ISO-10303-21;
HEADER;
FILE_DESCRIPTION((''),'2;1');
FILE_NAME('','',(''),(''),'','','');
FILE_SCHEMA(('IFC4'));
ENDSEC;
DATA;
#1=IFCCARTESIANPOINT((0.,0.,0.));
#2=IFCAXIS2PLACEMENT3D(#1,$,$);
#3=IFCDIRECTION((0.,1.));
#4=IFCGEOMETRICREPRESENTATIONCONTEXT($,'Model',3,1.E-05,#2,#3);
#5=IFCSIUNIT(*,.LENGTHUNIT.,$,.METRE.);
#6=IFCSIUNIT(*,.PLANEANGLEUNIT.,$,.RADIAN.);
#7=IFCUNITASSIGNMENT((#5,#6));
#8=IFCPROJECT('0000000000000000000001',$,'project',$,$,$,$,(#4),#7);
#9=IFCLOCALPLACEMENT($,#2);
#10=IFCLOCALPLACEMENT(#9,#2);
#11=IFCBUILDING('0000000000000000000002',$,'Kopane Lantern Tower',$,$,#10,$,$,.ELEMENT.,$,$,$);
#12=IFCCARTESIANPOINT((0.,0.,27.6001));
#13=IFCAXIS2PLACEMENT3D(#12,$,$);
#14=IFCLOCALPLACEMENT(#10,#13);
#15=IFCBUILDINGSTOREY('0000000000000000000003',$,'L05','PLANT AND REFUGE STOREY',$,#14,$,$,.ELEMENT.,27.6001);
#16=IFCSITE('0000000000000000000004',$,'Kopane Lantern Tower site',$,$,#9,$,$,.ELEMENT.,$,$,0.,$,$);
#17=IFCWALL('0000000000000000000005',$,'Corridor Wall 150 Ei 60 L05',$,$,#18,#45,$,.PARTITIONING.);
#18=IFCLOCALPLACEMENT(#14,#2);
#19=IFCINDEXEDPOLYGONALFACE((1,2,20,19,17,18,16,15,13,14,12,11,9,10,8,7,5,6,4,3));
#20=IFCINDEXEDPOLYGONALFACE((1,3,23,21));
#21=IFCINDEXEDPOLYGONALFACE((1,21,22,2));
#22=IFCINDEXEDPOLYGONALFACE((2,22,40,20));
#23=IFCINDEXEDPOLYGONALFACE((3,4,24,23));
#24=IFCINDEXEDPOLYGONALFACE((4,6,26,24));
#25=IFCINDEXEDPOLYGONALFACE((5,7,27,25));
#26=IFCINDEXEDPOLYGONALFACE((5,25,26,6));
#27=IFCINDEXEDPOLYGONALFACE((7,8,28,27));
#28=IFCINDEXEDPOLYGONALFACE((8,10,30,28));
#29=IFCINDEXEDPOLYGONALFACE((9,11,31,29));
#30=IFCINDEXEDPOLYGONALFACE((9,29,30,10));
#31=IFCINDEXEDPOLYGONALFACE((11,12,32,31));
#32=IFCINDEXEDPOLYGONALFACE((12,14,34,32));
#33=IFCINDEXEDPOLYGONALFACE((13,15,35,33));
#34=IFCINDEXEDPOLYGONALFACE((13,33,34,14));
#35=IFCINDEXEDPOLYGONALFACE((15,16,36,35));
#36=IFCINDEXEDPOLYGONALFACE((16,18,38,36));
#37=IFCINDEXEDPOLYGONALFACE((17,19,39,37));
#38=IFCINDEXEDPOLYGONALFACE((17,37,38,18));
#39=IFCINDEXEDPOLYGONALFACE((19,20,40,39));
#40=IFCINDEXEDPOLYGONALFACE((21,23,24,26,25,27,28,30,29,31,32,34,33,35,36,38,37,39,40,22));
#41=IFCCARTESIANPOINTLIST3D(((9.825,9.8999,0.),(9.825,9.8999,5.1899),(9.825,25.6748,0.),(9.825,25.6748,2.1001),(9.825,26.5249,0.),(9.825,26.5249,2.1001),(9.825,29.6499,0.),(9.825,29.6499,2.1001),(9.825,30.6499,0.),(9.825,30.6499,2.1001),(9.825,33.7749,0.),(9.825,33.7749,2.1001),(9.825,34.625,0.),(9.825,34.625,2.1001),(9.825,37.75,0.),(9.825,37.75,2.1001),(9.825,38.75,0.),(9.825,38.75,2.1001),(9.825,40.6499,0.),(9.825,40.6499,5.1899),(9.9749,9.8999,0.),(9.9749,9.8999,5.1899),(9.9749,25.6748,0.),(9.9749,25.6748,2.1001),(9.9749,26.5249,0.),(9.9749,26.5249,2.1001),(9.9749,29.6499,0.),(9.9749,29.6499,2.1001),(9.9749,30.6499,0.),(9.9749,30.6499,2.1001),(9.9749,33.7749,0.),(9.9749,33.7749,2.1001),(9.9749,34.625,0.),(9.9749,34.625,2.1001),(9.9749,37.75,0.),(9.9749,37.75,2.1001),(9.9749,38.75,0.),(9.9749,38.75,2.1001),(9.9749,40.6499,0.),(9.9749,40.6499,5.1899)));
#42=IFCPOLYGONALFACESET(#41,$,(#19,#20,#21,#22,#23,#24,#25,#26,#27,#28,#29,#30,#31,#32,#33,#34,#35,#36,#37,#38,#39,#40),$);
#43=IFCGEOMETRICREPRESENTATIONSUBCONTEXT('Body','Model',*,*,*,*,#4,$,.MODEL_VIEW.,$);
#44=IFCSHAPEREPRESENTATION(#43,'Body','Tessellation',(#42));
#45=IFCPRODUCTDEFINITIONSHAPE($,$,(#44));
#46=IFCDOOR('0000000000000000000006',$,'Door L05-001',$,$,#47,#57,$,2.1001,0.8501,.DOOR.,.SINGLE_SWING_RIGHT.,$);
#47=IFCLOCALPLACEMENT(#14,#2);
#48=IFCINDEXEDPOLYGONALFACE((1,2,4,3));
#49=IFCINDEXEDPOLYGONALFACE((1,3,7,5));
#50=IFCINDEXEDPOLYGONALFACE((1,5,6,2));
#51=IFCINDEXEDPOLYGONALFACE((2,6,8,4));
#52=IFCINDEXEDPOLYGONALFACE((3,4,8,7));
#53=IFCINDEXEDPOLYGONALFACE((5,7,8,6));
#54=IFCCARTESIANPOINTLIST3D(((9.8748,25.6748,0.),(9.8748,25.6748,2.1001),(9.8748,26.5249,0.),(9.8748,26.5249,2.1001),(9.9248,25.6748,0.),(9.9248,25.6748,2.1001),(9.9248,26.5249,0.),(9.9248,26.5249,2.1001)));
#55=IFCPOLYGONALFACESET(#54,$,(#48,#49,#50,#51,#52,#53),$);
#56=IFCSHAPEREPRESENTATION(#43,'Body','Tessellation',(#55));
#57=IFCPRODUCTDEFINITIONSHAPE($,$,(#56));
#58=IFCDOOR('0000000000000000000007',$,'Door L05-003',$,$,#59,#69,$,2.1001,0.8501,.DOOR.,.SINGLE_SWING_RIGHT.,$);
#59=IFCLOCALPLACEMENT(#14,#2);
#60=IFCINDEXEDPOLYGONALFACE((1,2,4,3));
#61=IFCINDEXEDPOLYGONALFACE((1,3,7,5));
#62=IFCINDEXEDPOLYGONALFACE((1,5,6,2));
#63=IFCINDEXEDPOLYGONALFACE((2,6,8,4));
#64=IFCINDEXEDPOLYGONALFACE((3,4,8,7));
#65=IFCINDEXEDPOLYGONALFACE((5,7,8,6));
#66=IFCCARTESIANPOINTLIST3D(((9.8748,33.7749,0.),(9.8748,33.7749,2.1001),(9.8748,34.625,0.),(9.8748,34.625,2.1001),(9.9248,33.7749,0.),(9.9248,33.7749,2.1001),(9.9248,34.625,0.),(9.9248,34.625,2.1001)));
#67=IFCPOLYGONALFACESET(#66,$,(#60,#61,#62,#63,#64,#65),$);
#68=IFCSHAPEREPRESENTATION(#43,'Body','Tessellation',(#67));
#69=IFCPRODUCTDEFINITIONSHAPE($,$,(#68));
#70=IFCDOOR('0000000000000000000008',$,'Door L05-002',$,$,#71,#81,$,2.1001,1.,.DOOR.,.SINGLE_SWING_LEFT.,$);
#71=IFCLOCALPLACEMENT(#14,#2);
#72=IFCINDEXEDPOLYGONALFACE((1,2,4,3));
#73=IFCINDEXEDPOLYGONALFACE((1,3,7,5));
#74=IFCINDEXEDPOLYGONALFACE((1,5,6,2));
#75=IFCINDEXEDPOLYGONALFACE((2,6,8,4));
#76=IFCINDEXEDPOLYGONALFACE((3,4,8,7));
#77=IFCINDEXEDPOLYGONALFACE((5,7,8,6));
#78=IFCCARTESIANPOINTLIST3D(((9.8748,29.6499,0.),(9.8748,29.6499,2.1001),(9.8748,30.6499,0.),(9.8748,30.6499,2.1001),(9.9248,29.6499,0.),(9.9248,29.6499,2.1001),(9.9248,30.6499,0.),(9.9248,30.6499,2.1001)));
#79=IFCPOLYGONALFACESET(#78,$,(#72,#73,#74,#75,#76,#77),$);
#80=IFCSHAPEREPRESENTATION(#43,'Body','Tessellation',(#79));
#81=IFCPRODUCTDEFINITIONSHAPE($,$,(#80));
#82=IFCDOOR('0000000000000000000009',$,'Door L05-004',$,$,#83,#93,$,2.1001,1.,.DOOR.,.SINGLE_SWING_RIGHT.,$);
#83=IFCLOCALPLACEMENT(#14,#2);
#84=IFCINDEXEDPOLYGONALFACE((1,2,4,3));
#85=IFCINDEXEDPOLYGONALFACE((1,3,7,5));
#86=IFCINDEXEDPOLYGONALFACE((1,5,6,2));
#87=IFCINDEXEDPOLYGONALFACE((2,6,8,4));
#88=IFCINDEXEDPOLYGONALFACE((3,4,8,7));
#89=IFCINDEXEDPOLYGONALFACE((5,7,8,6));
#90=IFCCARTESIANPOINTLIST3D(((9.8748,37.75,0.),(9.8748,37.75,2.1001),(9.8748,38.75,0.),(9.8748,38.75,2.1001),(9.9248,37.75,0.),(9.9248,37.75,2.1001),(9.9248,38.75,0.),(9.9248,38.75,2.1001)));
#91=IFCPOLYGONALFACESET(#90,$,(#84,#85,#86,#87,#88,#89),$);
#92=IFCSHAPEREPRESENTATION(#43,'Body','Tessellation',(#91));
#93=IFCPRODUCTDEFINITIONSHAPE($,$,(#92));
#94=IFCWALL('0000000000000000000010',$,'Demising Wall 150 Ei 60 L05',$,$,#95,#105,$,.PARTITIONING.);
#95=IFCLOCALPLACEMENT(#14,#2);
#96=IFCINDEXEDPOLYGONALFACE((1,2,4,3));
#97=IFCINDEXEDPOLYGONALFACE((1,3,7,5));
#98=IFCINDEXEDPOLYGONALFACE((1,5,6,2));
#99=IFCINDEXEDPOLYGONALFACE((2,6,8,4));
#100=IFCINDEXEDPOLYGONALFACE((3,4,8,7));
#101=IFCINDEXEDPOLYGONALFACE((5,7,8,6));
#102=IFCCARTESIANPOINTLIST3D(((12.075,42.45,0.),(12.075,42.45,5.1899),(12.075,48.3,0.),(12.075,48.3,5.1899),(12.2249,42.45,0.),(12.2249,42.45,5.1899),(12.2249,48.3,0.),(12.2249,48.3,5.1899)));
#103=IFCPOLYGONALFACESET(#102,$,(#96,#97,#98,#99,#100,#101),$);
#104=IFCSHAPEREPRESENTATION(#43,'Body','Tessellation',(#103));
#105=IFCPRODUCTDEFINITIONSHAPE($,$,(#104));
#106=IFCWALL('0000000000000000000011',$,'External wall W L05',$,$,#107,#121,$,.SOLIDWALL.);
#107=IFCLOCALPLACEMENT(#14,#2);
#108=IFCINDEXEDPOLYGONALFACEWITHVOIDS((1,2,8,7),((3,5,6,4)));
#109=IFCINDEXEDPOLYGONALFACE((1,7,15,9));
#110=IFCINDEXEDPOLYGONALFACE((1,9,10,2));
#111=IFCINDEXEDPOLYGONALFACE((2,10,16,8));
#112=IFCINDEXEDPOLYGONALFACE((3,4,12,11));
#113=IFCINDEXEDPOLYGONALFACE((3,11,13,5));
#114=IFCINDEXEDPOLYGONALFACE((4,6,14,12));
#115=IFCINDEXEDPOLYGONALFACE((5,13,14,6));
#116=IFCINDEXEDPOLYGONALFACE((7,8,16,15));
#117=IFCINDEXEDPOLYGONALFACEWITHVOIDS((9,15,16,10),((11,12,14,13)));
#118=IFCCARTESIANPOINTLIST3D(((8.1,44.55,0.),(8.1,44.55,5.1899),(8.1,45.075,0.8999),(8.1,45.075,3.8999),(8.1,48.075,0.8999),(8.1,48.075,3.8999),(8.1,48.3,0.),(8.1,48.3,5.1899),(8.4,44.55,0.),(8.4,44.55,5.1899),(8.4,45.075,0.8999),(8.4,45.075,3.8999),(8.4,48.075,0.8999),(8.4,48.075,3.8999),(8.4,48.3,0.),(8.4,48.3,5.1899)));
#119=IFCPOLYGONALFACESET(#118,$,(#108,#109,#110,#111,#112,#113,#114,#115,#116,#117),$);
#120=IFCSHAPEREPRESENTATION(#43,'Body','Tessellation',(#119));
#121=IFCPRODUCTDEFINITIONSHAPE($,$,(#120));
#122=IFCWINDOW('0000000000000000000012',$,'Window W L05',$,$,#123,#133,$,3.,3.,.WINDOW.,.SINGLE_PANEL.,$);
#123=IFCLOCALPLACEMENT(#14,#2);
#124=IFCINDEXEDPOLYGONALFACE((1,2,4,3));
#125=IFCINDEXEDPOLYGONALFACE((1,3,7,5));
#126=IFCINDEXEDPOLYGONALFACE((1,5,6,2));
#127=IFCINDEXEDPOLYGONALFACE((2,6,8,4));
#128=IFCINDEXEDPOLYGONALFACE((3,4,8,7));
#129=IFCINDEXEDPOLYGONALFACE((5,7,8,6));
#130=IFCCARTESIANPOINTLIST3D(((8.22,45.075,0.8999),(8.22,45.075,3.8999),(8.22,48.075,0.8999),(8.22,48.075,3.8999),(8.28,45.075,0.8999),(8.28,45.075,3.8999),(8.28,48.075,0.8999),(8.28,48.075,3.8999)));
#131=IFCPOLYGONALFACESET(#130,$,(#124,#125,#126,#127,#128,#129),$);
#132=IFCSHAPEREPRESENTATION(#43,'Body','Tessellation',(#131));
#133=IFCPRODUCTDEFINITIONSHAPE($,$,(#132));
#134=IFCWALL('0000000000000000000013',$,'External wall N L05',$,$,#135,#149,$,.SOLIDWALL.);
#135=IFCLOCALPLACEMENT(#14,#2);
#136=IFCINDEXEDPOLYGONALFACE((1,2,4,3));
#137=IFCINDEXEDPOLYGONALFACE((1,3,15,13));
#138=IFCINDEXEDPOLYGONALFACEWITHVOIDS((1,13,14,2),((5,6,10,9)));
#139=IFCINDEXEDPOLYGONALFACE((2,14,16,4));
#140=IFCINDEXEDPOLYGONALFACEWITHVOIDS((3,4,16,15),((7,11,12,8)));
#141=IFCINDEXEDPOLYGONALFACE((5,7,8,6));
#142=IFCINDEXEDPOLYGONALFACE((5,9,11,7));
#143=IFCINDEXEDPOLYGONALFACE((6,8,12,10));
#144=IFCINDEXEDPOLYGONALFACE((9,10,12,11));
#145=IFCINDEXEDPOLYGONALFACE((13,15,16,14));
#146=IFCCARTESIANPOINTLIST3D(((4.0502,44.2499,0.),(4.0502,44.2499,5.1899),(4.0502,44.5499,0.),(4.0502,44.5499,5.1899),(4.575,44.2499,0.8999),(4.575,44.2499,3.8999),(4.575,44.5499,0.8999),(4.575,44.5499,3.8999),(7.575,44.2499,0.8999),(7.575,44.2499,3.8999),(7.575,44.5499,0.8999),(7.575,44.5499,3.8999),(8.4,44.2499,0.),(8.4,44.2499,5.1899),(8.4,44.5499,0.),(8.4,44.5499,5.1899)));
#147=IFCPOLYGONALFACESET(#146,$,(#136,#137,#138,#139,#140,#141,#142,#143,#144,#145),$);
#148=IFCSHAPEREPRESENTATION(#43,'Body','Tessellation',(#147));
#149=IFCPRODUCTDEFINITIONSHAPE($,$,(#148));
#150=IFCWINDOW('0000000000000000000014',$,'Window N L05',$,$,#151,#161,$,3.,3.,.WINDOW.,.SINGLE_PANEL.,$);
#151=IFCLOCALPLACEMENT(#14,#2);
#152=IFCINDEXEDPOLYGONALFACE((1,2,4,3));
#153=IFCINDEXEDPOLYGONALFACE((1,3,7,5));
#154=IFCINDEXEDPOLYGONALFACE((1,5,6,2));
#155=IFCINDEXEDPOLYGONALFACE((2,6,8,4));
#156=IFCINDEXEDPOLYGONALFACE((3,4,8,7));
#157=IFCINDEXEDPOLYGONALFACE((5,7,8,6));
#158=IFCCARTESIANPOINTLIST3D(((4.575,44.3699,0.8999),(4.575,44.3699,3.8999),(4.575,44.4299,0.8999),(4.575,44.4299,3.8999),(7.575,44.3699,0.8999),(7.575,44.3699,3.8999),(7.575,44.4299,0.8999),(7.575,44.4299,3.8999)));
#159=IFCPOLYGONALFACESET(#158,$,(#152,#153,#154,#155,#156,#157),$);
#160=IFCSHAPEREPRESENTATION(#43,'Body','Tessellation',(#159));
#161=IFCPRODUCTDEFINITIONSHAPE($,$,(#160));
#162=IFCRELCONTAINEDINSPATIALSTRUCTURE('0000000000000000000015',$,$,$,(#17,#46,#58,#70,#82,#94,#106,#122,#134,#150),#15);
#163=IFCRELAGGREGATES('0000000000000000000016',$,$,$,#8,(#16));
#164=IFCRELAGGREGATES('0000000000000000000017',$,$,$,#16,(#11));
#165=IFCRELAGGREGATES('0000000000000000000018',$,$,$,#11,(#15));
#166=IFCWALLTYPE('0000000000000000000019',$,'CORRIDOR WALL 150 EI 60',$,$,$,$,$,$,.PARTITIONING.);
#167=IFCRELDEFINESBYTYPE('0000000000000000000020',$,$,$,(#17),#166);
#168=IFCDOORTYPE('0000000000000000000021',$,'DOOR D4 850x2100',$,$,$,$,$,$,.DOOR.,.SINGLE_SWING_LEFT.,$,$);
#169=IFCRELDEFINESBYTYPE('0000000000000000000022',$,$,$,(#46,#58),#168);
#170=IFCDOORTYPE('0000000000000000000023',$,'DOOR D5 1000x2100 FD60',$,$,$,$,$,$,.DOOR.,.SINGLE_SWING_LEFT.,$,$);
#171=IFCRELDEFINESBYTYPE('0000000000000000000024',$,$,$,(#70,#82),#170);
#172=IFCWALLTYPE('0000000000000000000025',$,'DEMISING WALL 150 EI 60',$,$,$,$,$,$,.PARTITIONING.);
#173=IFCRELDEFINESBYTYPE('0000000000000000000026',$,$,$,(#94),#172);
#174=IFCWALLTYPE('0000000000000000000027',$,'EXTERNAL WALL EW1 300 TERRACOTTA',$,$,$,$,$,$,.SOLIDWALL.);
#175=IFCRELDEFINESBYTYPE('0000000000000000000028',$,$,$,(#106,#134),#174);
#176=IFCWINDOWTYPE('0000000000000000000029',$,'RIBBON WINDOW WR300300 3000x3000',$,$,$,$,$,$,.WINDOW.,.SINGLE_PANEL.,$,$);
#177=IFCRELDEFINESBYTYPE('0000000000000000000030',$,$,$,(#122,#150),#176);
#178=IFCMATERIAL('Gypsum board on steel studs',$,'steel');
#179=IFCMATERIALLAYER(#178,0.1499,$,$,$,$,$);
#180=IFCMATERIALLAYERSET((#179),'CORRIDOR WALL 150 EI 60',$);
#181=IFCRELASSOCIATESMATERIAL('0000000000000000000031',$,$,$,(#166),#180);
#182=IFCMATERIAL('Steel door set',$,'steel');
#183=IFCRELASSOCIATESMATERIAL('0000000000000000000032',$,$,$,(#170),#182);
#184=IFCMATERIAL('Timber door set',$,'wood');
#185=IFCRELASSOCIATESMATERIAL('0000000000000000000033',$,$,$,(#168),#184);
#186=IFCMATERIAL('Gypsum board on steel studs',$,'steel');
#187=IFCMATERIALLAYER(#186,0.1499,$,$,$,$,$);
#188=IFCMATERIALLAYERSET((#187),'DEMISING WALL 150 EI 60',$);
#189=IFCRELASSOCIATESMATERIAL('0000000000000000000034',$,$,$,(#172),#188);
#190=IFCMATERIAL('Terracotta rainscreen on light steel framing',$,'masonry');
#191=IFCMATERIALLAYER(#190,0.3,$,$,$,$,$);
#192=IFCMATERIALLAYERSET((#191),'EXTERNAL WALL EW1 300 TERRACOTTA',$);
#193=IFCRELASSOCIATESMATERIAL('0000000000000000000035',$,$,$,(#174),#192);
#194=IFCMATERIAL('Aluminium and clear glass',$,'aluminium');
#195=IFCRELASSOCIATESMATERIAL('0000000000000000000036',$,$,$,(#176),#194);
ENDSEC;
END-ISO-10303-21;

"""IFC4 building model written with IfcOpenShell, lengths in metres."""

from ifc_helpers import new_model, si_unit, direction, frame, frame_2d, origin, place, context, subcontext, project, spatial, rectangle, extrude, material, layer, layer_set, type_object, element, fill, save


model = new_model("IFC4")

# Units and contexts
model_context = context("Model", 3, precision=1e-05, world=origin(), true_north=direction((0.0, 1.0)))
body_context = subcontext(model_context, "Body", "Model", "MODEL_VIEW")
ifc_project = project(units=[si_unit("LENGTHUNIT", "METRE"), si_unit("PLANEANGLEUNIT", "RADIAN")], contexts=[model_context])

# Site, building, storey
site_placement = place(None, origin())
site = spatial("IfcSite", under=ifc_project, at=site_placement, Name="Kopane Lantern Tower site", CompositionType="ELEMENT", RefElevation=0.0)
building_placement = place(site_placement, origin())
building = spatial("IfcBuilding", under=site, at=building_placement, Name="Kopane Lantern Tower", CompositionType="ELEMENT")
storey_placement = place(building_placement, frame((0.0, 0.0, 27.6001)))
storey = spatial("IfcBuildingStorey", under=building, at=storey_placement, Name="L05", Description="PLANT AND REFUGE STOREY", CompositionType="ELEMENT", Elevation=27.6001)

# Wall, openings, doors
ifc_material_1 = material(Name="Gypsum board on steel studs", Category="steel")
ifc_layer_1 = layer(ifc_material_1, 0.1499)
ifc_layer_set_1 = layer_set([ifc_layer_1], Name="CORRIDOR WALL 150 EI 60")
wall_type_1 = type_object("IfcWallType", Name="CORRIDOR WALL 150 EI 60", PredefinedType="PARTITIONING", material=ifc_layer_set_1)
ifc_material_2 = material(Name="Steel door set", Category="steel")
door_type_1 = type_object("IfcDoorType", Name="DOOR D5 1000x2100 FD60", OperationType="SINGLE_SWING_LEFT", PredefinedType="DOOR", material=ifc_material_2)
wall_1_placement = place(storey_placement, frame((9.8999, 40.6499, 0.0), z_axis=(0.0, 0.0, 1.0), x_axis=(0.0, -1.0, 0.0)))
wall_1 = element("IfcWall", 1, at=wall_1_placement, inside=storey, type_object=wall_type_1, Name="Corridor Wall 150 Ei 60 L05", PredefinedType="PARTITIONING", context=body_context, shape_type="SweptSolid", body=[
    extrude(rectangle(XDim=30.75, YDim=0.1499, at=frame_2d((15.375, 0.0))), origin(), (0.0, 0.0, 1.0), 5.1899),
])
opening_1_placement = place(wall_1_placement, frame((14.125, 0.0, 0.0)))
opening_1 = element("IfcOpeningElement", 2, at=opening_1_placement, cuts=wall_1, PredefinedType="OPENING", context=body_context, shape_type="SweptSolid", body=[
    extrude(rectangle(XDim=0.8501, YDim=2.1001, at=frame_2d((0.425, 1.05))), frame((0.0, 0.085, 0.0), z_axis=(0.0, -1.0, 0.0), x_axis=(1.0, 0.0, 0.0)), (0.0, 0.0, 1.0), 0.1699),
])
opening_2_placement = place(wall_1_placement, frame((10.0, 0.0, 0.0)))
opening_2 = element("IfcOpeningElement", 3, at=opening_2_placement, cuts=wall_1, PredefinedType="OPENING", context=body_context, shape_type="SweptSolid", body=[
    extrude(rectangle(XDim=1.0, YDim=2.1001, at=frame_2d((0.5, 1.05))), frame((0.0, 0.085, 0.0), z_axis=(0.0, -1.0, 0.0), x_axis=(1.0, 0.0, 0.0)), (0.0, 0.0, 1.0), 0.1699),
])
opening_3_placement = place(wall_1_placement, frame((6.0249, 0.0, 0.0)))
opening_3 = element("IfcOpeningElement", 4, at=opening_3_placement, cuts=wall_1, PredefinedType="OPENING", context=body_context, shape_type="SweptSolid", body=[
    extrude(rectangle(XDim=0.8501, YDim=2.1001, at=frame_2d((0.425, 1.05))), frame((0.0, 0.085, 0.0), z_axis=(0.0, -1.0, 0.0), x_axis=(1.0, 0.0, 0.0)), (0.0, 0.0, 1.0), 0.1699),
])
opening_4_placement = place(wall_1_placement, frame((1.8999, 0.0, 0.0)))
opening_4 = element("IfcOpeningElement", 5, at=opening_4_placement, cuts=wall_1, PredefinedType="OPENING", context=body_context, shape_type="SweptSolid", body=[
    extrude(rectangle(XDim=1.0, YDim=2.1001, at=frame_2d((0.5, 1.05))), frame((0.0, 0.085, 0.0), z_axis=(0.0, -1.0, 0.0), x_axis=(1.0, 0.0, 0.0)), (0.0, 0.0, 1.0), 0.1699),
])
ifc_material_3 = material(Name="Timber door set", Category="wood")
door_type_2 = type_object("IfcDoorType", Name="DOOR D4 850x2100", OperationType="SINGLE_SWING_LEFT", PredefinedType="DOOR", material=ifc_material_3)
door_1_placement = place(opening_1_placement, origin())
door_1 = element("IfcDoor", 6, at=door_1_placement, inside=storey, type_object=door_type_2, Name="Door L05-001", OperationType="SINGLE_SWING_RIGHT", OverallHeight=2.1001, OverallWidth=0.8501, PredefinedType="DOOR", context=body_context, shape_type="SweptSolid", body=[
    extrude(rectangle(XDim=0.8501, YDim=2.1001, at=frame_2d((0.425, 1.05))), frame((0.0, 0.0249, 0.0), z_axis=(0.0, -1.0, 0.0), x_axis=(1.0, 0.0, 0.0)), (0.0, 0.0, 1.0), 0.05),
])
fill(opening_1, door_1)
door_2_placement = place(opening_3_placement, origin())
door_2 = element("IfcDoor", 7, at=door_2_placement, inside=storey, type_object=door_type_2, Name="Door L05-003", OperationType="SINGLE_SWING_RIGHT", OverallHeight=2.1001, OverallWidth=0.8501, PredefinedType="DOOR", context=body_context, shape_type="SweptSolid", body=[
    extrude(rectangle(XDim=0.8501, YDim=2.1001, at=frame_2d((0.425, 1.05))), frame((0.0, 0.0249, 0.0), z_axis=(0.0, -1.0, 0.0), x_axis=(1.0, 0.0, 0.0)), (0.0, 0.0, 1.0), 0.05),
])
fill(opening_3, door_2)
door_3_placement = place(opening_2_placement, origin())
door_3 = element("IfcDoor", 8, at=door_3_placement, inside=storey, type_object=door_type_1, Name="Door L05-002", OperationType="SINGLE_SWING_LEFT", OverallHeight=2.1001, OverallWidth=1.0, PredefinedType="DOOR", context=body_context, shape_type="SweptSolid", body=[
    extrude(rectangle(XDim=1.0, YDim=2.1001, at=frame_2d((0.5, 1.05))), frame((0.0, 0.0249, 0.0), z_axis=(0.0, -1.0, 0.0), x_axis=(1.0, 0.0, 0.0)), (0.0, 0.0, 1.0), 0.05),
])
fill(opening_2, door_3)
door_4_placement = place(opening_4_placement, origin())
door_4 = element("IfcDoor", 9, at=door_4_placement, inside=storey, type_object=door_type_1, Name="Door L05-004", OperationType="SINGLE_SWING_RIGHT", OverallHeight=2.1001, OverallWidth=1.0, PredefinedType="DOOR", context=body_context, shape_type="SweptSolid", body=[
    extrude(rectangle(XDim=1.0, YDim=2.1001, at=frame_2d((0.5, 1.05))), frame((0.0, 0.0249, 0.0), z_axis=(0.0, -1.0, 0.0), x_axis=(1.0, 0.0, 0.0)), (0.0, 0.0, 1.0), 0.05),
])
fill(opening_4, door_4)

# Wall
ifc_material_4 = material(Name="Gypsum board on steel studs", Category="steel")
ifc_layer_2 = layer(ifc_material_4, 0.1499)
ifc_layer_set_2 = layer_set([ifc_layer_2], Name="DEMISING WALL 150 EI 60")
wall_type_2 = type_object("IfcWallType", Name="DEMISING WALL 150 EI 60", PredefinedType="PARTITIONING", material=ifc_layer_set_2)
wall_2_placement = place(storey_placement, frame((12.1499, 42.45, 0.0), z_axis=(0.0, 0.0, 1.0), x_axis=(0.0, 1.0, 0.0)))
element("IfcWall", 10, at=wall_2_placement, inside=storey, type_object=wall_type_2, Name="Demising Wall 150 Ei 60 L05", PredefinedType="PARTITIONING", context=body_context, shape_type="SweptSolid", body=[
    extrude(rectangle(XDim=5.8501, YDim=0.1499, at=frame_2d((2.925, 0.0))), origin(), (0.0, 0.0, 1.0), 5.1899),
])

# Walls, openings, windows
ifc_material_5 = material(Name="Terracotta rainscreen on light steel framing", Category="masonry")
ifc_layer_3 = layer(ifc_material_5, 0.3)
ifc_layer_set_3 = layer_set([ifc_layer_3], Name="EXTERNAL WALL EW1 300 TERRACOTTA")
wall_type_3 = type_object("IfcWallType", Name="EXTERNAL WALL EW1 300 TERRACOTTA", PredefinedType="SOLIDWALL", material=ifc_layer_set_3)
wall_3_placement = place(storey_placement, frame((8.25, 48.3, 0.0), z_axis=(0.0, 0.0, 1.0), x_axis=(0.0, -1.0, 0.0)))
wall_3 = element("IfcWall", 11, at=wall_3_placement, inside=storey, type_object=wall_type_3, Name="External wall W L05", PredefinedType="SOLIDWALL", context=body_context, shape_type="SweptSolid", body=[
    extrude(rectangle(XDim=3.75, YDim=0.3, at=frame_2d((1.875, 0.0))), origin(), (0.0, 0.0, 1.0), 5.1899),
])
opening_5_placement = place(wall_3_placement, frame((0.2251, 0.0, 0.8999)))
opening_5 = element("IfcOpeningElement", 12, at=opening_5_placement, cuts=wall_3, PredefinedType="OPENING", context=body_context, shape_type="SweptSolid", body=[
    extrude(rectangle(XDim=3.0, YDim=3.0, at=frame_2d((1.5, 1.5))), frame((0.0, 0.1599, 0.0), z_axis=(0.0, -1.0, 0.0), x_axis=(1.0, 0.0, 0.0)), (0.0, 0.0, 1.0), 0.3201),
])
ifc_material_6 = material(Name="Aluminium and clear glass", Category="aluminium")
window_type = type_object("IfcWindowType", Name="RIBBON WINDOW WR300300 3000x3000", PartitioningType="SINGLE_PANEL", PredefinedType="WINDOW", material=ifc_material_6)
window_1_placement = place(opening_5_placement, origin())
window_1 = element("IfcWindow", 13, at=window_1_placement, inside=storey, type_object=window_type, Name="Window W L05", OverallHeight=3.0, OverallWidth=3.0, PartitioningType="SINGLE_PANEL", PredefinedType="WINDOW", context=body_context, shape_type="SweptSolid", body=[
    extrude(rectangle(XDim=3.0, YDim=3.0, at=frame_2d((1.5, 1.5))), frame((0.0, 0.03, 0.0), z_axis=(0.0, -1.0, 0.0), x_axis=(1.0, 0.0, 0.0)), (0.0, 0.0, 1.0), 0.0601),
])
fill(opening_5, window_1)
wall_4_placement = place(storey_placement, frame((8.3999, 44.3999, 0.0), z_axis=(0.0, 0.0, 1.0), x_axis=(-1.0, 0.0, 0.0)))
wall_4 = element("IfcWall", 14, at=wall_4_placement, inside=storey, type_object=wall_type_3, Name="External wall N L05", PredefinedType="SOLIDWALL", context=body_context, shape_type="SweptSolid", body=[
    extrude(rectangle(XDim=4.3499, YDim=0.3, at=frame_2d((2.1748, 0.0))), origin(), (0.0, 0.0, 1.0), 5.1899),
])
opening_6_placement = place(wall_4_placement, frame((0.825, 0.0, 0.8999)))
opening_6 = element("IfcOpeningElement", 15, at=opening_6_placement, cuts=wall_4, PredefinedType="OPENING", context=body_context, shape_type="SweptSolid", body=[
    extrude(rectangle(XDim=3.0, YDim=3.0, at=frame_2d((1.5, 1.5))), frame((0.0, 0.1599, 0.0), z_axis=(0.0, -1.0, 0.0), x_axis=(1.0, 0.0, 0.0)), (0.0, 0.0, 1.0), 0.3201),
])
window_2_placement = place(opening_6_placement, origin())
window_2 = element("IfcWindow", 16, at=window_2_placement, inside=storey, type_object=window_type, Name="Window N L05", OverallHeight=3.0, OverallWidth=3.0, PartitioningType="SINGLE_PANEL", PredefinedType="WINDOW", context=body_context, shape_type="SweptSolid", body=[
    extrude(rectangle(XDim=3.0, YDim=3.0, at=frame_2d((1.5, 1.5))), frame((0.0, 0.03, 0.0), z_axis=(0.0, -1.0, 0.0), x_axis=(1.0, 0.0, 0.0)), (0.0, 0.0, 1.0), 0.0601),
])
fill(opening_6, window_2)

save(model, "model.ifc")
